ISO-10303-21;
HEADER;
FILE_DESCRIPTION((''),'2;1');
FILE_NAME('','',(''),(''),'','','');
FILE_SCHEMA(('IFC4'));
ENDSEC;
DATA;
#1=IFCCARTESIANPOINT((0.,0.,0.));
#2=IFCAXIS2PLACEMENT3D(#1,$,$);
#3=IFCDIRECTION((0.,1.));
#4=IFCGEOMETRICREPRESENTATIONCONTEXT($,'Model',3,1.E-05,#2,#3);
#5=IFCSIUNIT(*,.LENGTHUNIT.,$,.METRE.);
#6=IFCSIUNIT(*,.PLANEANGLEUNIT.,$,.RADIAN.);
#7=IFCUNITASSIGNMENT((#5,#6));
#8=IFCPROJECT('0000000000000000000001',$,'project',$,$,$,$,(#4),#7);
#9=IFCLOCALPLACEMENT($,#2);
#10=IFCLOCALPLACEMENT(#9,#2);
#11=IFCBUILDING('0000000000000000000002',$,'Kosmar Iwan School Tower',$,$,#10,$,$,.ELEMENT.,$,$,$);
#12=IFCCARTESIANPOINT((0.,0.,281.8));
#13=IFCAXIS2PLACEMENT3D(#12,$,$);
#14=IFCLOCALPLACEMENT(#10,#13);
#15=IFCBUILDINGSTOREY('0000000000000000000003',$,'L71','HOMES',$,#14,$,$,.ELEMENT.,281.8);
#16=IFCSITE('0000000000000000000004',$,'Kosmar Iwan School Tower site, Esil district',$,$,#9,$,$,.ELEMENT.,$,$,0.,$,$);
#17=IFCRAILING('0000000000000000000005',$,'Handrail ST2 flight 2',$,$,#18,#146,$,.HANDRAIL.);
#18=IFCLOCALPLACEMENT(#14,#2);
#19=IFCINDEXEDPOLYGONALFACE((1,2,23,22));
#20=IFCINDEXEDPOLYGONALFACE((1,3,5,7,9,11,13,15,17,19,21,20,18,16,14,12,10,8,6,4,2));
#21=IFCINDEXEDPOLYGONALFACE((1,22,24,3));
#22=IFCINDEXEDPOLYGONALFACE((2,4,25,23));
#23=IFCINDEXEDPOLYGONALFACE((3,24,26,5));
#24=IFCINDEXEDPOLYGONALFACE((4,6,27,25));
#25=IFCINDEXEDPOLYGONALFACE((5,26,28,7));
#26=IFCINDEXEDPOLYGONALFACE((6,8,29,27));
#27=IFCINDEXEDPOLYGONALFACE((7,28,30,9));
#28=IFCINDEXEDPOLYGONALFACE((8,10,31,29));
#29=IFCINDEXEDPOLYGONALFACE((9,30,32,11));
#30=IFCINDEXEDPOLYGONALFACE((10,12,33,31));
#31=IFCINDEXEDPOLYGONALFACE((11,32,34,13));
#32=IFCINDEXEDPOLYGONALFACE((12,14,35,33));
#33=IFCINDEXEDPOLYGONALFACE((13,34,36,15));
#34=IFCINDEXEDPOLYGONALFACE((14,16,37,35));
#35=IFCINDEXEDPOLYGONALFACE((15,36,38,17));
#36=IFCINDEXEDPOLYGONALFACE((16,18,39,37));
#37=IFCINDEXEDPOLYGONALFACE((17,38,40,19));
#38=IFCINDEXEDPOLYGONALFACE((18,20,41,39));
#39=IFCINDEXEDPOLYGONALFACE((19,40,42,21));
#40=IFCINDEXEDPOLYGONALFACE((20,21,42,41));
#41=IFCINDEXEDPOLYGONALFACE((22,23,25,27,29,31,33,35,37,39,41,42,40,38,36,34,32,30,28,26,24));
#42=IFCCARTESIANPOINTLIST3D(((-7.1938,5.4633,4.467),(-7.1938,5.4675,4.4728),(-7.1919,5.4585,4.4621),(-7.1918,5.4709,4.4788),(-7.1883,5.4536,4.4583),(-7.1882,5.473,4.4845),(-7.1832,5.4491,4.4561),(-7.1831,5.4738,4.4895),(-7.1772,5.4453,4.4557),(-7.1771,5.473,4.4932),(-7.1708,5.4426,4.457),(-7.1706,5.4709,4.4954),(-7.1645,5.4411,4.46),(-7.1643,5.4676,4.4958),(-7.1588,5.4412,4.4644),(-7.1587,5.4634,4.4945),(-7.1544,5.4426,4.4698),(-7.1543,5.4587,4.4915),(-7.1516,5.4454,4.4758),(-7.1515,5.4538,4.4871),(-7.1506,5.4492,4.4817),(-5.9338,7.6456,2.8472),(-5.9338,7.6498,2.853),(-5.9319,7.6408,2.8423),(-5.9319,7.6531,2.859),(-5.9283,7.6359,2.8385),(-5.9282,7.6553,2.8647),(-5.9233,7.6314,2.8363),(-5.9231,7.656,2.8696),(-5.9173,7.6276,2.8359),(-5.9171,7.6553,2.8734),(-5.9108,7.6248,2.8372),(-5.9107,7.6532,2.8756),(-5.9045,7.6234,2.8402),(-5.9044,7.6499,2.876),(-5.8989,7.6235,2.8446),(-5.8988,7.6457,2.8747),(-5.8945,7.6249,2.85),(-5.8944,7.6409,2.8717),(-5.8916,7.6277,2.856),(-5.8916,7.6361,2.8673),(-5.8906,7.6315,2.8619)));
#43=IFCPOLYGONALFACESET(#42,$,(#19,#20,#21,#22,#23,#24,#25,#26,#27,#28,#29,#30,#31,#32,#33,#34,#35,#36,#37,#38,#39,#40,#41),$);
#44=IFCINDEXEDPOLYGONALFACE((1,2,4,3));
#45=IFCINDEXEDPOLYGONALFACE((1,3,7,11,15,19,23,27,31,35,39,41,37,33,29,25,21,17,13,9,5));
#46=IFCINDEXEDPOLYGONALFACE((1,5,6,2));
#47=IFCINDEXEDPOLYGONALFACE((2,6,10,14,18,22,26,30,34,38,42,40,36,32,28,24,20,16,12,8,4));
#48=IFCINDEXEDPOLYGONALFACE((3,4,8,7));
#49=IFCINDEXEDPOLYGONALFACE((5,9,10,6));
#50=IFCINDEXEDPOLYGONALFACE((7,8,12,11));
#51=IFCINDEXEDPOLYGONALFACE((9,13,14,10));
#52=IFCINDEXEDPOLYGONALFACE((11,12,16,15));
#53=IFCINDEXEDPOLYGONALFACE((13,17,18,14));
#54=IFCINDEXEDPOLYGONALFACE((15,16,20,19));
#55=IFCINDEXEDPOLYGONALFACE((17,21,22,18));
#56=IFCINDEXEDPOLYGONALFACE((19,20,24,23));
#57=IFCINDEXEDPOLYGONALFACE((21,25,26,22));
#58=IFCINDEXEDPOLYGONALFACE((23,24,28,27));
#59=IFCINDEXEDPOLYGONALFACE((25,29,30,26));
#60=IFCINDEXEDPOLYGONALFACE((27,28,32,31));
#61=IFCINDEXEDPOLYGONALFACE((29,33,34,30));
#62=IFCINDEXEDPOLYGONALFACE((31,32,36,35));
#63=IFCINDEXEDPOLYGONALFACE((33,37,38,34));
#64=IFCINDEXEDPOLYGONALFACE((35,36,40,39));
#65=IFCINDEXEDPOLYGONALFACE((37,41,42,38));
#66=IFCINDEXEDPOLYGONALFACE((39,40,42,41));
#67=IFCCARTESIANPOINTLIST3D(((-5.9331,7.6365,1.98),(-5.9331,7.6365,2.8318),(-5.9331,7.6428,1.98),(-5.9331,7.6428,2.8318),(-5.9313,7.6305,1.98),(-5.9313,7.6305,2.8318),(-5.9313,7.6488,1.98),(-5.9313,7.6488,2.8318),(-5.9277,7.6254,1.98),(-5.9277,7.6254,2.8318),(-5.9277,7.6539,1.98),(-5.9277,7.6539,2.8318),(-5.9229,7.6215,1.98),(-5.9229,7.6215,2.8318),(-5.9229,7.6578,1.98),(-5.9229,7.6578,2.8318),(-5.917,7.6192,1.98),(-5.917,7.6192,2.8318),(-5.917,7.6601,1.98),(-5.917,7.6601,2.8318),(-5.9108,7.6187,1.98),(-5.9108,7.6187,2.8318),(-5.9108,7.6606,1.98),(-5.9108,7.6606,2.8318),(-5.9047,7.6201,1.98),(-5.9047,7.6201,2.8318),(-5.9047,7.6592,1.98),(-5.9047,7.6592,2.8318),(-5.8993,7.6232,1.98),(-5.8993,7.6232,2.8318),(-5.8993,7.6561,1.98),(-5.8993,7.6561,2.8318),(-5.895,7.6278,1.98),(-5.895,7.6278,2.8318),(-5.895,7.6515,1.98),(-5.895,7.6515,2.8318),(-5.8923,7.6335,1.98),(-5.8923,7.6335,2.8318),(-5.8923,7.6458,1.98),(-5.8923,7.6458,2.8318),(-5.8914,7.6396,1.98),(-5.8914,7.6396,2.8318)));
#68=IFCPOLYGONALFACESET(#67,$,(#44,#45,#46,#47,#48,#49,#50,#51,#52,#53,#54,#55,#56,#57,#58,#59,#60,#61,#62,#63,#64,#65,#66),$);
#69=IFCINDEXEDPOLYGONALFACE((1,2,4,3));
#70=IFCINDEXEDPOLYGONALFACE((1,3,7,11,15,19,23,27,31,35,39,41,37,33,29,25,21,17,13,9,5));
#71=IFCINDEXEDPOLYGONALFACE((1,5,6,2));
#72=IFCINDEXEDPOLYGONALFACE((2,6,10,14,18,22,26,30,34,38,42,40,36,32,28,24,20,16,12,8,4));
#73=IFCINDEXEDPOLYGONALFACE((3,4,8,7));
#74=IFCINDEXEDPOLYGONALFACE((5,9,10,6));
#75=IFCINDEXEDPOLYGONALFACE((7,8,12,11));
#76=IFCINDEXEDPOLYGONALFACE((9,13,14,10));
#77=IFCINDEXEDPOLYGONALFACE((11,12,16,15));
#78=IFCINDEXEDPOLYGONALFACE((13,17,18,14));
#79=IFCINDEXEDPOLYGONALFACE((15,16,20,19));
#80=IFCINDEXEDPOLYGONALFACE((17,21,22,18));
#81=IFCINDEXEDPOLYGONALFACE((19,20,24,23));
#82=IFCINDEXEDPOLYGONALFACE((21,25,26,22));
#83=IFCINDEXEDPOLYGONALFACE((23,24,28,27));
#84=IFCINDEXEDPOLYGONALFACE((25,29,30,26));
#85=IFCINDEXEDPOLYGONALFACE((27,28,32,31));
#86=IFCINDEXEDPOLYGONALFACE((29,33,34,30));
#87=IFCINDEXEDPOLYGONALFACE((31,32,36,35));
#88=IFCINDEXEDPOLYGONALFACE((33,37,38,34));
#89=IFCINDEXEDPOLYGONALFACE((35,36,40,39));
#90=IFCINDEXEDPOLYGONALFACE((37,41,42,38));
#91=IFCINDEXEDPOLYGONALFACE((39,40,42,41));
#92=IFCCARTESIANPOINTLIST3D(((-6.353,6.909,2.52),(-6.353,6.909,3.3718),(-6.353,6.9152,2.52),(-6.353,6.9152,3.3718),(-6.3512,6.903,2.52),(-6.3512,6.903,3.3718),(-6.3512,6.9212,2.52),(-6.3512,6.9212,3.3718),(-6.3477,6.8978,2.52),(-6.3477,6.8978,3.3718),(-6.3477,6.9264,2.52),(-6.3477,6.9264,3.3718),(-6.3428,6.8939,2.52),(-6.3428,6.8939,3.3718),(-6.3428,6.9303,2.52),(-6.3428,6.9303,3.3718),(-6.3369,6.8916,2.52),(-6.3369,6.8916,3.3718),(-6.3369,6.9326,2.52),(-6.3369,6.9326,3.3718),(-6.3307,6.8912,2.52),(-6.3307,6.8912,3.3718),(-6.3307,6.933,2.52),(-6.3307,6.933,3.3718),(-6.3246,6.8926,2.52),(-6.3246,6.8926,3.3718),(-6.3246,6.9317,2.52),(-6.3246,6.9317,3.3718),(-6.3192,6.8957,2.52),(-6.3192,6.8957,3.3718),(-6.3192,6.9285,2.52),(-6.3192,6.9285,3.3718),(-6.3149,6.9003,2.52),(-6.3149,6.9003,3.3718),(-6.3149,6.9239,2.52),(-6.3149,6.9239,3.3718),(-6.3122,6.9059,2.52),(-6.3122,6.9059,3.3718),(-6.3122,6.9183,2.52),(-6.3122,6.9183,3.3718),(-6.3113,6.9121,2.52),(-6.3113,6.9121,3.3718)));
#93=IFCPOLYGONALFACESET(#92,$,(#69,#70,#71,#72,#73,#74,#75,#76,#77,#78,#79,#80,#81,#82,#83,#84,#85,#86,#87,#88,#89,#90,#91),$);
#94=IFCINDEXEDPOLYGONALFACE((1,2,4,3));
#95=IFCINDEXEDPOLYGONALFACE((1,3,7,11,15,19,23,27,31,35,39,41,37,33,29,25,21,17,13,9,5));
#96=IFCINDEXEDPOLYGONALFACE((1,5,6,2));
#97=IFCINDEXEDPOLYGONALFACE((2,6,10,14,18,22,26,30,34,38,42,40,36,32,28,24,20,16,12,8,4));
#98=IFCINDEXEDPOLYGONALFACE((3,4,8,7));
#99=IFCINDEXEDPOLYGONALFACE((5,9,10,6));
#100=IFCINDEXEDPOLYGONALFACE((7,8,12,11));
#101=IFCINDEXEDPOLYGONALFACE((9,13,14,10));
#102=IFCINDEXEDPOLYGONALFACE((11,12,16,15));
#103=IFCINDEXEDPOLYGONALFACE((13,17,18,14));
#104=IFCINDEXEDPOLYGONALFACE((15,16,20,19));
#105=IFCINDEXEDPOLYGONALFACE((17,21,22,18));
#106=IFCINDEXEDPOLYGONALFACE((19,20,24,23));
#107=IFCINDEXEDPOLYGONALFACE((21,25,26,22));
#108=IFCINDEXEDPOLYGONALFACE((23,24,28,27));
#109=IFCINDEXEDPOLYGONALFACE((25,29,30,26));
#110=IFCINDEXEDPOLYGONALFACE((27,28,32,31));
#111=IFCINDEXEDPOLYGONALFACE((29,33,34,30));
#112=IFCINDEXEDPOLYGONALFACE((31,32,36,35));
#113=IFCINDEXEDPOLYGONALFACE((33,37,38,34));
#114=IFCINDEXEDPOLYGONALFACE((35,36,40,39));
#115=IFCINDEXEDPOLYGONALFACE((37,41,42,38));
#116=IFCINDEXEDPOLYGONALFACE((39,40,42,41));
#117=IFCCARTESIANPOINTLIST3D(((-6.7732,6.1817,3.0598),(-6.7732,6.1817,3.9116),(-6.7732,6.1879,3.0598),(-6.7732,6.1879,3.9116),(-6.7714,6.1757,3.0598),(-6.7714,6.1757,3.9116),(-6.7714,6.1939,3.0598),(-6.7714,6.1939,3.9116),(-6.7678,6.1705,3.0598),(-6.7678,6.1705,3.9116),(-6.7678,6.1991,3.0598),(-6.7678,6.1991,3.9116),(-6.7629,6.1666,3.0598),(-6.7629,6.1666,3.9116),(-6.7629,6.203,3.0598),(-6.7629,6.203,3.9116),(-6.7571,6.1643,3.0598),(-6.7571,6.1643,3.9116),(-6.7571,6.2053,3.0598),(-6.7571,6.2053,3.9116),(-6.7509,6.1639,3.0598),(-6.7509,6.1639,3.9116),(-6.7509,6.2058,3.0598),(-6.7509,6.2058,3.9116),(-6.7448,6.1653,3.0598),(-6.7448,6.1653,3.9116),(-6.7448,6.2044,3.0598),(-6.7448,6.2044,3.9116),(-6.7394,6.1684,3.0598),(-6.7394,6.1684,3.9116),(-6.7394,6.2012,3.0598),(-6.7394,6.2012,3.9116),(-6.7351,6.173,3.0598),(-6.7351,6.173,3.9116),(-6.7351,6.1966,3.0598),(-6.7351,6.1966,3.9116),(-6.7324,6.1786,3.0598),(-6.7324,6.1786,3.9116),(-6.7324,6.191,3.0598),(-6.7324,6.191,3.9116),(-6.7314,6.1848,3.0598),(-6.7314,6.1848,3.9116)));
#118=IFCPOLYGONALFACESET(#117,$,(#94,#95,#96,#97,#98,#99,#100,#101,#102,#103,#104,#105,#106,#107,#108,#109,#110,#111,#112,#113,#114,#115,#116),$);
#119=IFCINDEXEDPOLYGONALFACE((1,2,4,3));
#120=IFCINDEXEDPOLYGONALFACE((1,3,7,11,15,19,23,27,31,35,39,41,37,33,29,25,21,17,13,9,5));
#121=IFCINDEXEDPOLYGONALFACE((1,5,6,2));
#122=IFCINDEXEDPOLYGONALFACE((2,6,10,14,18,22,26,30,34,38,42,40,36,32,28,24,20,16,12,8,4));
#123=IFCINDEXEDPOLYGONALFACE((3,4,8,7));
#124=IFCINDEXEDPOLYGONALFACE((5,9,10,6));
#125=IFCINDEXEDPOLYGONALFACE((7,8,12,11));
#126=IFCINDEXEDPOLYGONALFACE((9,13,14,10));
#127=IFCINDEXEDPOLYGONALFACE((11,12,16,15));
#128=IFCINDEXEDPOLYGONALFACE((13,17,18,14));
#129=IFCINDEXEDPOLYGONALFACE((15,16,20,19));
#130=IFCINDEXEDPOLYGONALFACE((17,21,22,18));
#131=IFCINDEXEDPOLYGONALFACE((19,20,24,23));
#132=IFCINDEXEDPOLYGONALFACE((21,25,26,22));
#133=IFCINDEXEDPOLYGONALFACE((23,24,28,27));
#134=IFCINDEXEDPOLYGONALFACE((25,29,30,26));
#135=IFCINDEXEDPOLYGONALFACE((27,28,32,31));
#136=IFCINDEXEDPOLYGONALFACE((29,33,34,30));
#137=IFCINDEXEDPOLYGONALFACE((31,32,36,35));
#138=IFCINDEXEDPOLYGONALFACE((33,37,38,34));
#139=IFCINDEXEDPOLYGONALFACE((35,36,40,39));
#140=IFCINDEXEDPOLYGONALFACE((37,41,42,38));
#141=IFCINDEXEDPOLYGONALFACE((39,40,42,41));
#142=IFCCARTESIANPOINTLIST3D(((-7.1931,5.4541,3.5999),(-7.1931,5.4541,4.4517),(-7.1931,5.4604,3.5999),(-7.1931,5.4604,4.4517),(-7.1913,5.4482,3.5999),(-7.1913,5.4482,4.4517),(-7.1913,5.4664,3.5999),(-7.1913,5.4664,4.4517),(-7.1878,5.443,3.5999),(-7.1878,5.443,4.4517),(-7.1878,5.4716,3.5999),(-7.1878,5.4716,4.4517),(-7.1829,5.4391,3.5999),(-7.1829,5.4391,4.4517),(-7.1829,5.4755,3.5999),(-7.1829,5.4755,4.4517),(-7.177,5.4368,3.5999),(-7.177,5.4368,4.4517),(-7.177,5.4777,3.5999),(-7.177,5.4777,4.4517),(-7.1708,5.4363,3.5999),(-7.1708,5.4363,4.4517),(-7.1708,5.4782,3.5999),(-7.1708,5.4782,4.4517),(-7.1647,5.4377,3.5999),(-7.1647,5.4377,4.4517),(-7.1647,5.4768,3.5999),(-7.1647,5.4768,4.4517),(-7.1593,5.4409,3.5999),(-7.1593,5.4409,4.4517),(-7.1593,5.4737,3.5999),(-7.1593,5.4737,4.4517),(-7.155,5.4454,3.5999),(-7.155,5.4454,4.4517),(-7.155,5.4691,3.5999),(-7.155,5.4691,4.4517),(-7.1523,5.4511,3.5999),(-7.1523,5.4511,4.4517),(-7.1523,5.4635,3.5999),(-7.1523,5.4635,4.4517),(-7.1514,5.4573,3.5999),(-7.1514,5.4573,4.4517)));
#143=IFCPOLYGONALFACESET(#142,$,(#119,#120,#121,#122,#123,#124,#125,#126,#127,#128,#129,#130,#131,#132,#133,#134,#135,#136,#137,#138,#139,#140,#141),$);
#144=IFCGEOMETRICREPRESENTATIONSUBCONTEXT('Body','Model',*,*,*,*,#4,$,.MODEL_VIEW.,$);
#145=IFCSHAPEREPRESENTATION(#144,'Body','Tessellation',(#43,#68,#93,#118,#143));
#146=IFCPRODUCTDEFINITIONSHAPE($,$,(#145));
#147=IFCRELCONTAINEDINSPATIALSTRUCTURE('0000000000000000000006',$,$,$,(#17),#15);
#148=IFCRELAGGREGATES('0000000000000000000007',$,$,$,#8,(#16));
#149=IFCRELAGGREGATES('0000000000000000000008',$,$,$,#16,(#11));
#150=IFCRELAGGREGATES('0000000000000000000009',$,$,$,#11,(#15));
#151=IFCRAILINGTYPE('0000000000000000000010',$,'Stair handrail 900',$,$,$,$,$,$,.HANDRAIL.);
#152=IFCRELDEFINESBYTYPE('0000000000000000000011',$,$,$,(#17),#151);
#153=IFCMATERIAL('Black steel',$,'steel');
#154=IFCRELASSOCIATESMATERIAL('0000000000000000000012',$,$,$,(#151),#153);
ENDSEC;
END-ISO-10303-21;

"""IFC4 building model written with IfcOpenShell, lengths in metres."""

from ifc_helpers import new_model, si_unit, direction, frame, origin, origin_2d, place, context, subcontext, project, spatial, circle, extrude, material, type_object, element, save


model = new_model("IFC4")

# Units and contexts
model_context = context("Model", 3, precision=1e-05, world=origin(), true_north=direction((0.0, 1.0)))
body_context = subcontext(model_context, "Body", "Model", "MODEL_VIEW")
ifc_project = project(units=[si_unit("LENGTHUNIT", "METRE"), si_unit("PLANEANGLEUNIT", "RADIAN")], contexts=[model_context])

# Site, building, storey
site_placement = place(None, origin())
site = spatial("IfcSite", under=ifc_project, at=site_placement, Name="Kosmar Iwan School Tower site, Esil district", CompositionType="ELEMENT", RefElevation=0.0)
building_placement = place(site_placement, origin())
building = spatial("IfcBuilding", under=site, at=building_placement, Name="Kosmar Iwan School Tower", CompositionType="ELEMENT")
storey_placement = place(building_placement, frame((0.0, 0.0, 281.8)))
storey = spatial("IfcBuildingStorey", under=building, at=storey_placement, Name="L71", Description="HOMES", CompositionType="ELEMENT", Elevation=281.8)

# Railing
ifc_material_1 = material(Name="Black steel", Category="steel")
railing_type = type_object("IfcRailingType", Name="Stair handrail 900", PredefinedType="HANDRAIL", material=ifc_material_1)
railing_placement = place(storey_placement, frame((-5.9124, 7.6396, 1.98)))
element("IfcRailing", 1, at=railing_placement, inside=storey, type_object=railing_type, Name="Handrail ST2 flight 2", PredefinedType="HANDRAIL", context=body_context, shape_type="SweptSolid", body=[
    extrude(circle(Radius=0.0239, at=origin_2d()), frame((0.0, 0.0, 0.876), z_axis=(-0.420603, -0.728496, 0.540728), x_axis=(0.866023, -0.500005, 0.0)), (0.0, 0.0, 1.0), 2.9956),
    extrude(circle(Radius=0.021, at=origin_2d()), origin(), (0.0, 0.0, 1.0), 0.8518),
    extrude(circle(Radius=0.021, at=origin_2d()), frame((-0.4199, -0.7275, 0.54)), (0.0, 0.0, 1.0), 0.8518),
    extrude(circle(Radius=0.021, at=origin_2d()), frame((-0.8401, -1.4548, 1.0798)), (0.0, 0.0, 1.0), 0.8518),
    extrude(circle(Radius=0.021, at=origin_2d()), frame((-1.26, -2.1824, 1.6199)), (0.0, 0.0, 1.0), 0.8518),
])

save(model, "model.ifc")
